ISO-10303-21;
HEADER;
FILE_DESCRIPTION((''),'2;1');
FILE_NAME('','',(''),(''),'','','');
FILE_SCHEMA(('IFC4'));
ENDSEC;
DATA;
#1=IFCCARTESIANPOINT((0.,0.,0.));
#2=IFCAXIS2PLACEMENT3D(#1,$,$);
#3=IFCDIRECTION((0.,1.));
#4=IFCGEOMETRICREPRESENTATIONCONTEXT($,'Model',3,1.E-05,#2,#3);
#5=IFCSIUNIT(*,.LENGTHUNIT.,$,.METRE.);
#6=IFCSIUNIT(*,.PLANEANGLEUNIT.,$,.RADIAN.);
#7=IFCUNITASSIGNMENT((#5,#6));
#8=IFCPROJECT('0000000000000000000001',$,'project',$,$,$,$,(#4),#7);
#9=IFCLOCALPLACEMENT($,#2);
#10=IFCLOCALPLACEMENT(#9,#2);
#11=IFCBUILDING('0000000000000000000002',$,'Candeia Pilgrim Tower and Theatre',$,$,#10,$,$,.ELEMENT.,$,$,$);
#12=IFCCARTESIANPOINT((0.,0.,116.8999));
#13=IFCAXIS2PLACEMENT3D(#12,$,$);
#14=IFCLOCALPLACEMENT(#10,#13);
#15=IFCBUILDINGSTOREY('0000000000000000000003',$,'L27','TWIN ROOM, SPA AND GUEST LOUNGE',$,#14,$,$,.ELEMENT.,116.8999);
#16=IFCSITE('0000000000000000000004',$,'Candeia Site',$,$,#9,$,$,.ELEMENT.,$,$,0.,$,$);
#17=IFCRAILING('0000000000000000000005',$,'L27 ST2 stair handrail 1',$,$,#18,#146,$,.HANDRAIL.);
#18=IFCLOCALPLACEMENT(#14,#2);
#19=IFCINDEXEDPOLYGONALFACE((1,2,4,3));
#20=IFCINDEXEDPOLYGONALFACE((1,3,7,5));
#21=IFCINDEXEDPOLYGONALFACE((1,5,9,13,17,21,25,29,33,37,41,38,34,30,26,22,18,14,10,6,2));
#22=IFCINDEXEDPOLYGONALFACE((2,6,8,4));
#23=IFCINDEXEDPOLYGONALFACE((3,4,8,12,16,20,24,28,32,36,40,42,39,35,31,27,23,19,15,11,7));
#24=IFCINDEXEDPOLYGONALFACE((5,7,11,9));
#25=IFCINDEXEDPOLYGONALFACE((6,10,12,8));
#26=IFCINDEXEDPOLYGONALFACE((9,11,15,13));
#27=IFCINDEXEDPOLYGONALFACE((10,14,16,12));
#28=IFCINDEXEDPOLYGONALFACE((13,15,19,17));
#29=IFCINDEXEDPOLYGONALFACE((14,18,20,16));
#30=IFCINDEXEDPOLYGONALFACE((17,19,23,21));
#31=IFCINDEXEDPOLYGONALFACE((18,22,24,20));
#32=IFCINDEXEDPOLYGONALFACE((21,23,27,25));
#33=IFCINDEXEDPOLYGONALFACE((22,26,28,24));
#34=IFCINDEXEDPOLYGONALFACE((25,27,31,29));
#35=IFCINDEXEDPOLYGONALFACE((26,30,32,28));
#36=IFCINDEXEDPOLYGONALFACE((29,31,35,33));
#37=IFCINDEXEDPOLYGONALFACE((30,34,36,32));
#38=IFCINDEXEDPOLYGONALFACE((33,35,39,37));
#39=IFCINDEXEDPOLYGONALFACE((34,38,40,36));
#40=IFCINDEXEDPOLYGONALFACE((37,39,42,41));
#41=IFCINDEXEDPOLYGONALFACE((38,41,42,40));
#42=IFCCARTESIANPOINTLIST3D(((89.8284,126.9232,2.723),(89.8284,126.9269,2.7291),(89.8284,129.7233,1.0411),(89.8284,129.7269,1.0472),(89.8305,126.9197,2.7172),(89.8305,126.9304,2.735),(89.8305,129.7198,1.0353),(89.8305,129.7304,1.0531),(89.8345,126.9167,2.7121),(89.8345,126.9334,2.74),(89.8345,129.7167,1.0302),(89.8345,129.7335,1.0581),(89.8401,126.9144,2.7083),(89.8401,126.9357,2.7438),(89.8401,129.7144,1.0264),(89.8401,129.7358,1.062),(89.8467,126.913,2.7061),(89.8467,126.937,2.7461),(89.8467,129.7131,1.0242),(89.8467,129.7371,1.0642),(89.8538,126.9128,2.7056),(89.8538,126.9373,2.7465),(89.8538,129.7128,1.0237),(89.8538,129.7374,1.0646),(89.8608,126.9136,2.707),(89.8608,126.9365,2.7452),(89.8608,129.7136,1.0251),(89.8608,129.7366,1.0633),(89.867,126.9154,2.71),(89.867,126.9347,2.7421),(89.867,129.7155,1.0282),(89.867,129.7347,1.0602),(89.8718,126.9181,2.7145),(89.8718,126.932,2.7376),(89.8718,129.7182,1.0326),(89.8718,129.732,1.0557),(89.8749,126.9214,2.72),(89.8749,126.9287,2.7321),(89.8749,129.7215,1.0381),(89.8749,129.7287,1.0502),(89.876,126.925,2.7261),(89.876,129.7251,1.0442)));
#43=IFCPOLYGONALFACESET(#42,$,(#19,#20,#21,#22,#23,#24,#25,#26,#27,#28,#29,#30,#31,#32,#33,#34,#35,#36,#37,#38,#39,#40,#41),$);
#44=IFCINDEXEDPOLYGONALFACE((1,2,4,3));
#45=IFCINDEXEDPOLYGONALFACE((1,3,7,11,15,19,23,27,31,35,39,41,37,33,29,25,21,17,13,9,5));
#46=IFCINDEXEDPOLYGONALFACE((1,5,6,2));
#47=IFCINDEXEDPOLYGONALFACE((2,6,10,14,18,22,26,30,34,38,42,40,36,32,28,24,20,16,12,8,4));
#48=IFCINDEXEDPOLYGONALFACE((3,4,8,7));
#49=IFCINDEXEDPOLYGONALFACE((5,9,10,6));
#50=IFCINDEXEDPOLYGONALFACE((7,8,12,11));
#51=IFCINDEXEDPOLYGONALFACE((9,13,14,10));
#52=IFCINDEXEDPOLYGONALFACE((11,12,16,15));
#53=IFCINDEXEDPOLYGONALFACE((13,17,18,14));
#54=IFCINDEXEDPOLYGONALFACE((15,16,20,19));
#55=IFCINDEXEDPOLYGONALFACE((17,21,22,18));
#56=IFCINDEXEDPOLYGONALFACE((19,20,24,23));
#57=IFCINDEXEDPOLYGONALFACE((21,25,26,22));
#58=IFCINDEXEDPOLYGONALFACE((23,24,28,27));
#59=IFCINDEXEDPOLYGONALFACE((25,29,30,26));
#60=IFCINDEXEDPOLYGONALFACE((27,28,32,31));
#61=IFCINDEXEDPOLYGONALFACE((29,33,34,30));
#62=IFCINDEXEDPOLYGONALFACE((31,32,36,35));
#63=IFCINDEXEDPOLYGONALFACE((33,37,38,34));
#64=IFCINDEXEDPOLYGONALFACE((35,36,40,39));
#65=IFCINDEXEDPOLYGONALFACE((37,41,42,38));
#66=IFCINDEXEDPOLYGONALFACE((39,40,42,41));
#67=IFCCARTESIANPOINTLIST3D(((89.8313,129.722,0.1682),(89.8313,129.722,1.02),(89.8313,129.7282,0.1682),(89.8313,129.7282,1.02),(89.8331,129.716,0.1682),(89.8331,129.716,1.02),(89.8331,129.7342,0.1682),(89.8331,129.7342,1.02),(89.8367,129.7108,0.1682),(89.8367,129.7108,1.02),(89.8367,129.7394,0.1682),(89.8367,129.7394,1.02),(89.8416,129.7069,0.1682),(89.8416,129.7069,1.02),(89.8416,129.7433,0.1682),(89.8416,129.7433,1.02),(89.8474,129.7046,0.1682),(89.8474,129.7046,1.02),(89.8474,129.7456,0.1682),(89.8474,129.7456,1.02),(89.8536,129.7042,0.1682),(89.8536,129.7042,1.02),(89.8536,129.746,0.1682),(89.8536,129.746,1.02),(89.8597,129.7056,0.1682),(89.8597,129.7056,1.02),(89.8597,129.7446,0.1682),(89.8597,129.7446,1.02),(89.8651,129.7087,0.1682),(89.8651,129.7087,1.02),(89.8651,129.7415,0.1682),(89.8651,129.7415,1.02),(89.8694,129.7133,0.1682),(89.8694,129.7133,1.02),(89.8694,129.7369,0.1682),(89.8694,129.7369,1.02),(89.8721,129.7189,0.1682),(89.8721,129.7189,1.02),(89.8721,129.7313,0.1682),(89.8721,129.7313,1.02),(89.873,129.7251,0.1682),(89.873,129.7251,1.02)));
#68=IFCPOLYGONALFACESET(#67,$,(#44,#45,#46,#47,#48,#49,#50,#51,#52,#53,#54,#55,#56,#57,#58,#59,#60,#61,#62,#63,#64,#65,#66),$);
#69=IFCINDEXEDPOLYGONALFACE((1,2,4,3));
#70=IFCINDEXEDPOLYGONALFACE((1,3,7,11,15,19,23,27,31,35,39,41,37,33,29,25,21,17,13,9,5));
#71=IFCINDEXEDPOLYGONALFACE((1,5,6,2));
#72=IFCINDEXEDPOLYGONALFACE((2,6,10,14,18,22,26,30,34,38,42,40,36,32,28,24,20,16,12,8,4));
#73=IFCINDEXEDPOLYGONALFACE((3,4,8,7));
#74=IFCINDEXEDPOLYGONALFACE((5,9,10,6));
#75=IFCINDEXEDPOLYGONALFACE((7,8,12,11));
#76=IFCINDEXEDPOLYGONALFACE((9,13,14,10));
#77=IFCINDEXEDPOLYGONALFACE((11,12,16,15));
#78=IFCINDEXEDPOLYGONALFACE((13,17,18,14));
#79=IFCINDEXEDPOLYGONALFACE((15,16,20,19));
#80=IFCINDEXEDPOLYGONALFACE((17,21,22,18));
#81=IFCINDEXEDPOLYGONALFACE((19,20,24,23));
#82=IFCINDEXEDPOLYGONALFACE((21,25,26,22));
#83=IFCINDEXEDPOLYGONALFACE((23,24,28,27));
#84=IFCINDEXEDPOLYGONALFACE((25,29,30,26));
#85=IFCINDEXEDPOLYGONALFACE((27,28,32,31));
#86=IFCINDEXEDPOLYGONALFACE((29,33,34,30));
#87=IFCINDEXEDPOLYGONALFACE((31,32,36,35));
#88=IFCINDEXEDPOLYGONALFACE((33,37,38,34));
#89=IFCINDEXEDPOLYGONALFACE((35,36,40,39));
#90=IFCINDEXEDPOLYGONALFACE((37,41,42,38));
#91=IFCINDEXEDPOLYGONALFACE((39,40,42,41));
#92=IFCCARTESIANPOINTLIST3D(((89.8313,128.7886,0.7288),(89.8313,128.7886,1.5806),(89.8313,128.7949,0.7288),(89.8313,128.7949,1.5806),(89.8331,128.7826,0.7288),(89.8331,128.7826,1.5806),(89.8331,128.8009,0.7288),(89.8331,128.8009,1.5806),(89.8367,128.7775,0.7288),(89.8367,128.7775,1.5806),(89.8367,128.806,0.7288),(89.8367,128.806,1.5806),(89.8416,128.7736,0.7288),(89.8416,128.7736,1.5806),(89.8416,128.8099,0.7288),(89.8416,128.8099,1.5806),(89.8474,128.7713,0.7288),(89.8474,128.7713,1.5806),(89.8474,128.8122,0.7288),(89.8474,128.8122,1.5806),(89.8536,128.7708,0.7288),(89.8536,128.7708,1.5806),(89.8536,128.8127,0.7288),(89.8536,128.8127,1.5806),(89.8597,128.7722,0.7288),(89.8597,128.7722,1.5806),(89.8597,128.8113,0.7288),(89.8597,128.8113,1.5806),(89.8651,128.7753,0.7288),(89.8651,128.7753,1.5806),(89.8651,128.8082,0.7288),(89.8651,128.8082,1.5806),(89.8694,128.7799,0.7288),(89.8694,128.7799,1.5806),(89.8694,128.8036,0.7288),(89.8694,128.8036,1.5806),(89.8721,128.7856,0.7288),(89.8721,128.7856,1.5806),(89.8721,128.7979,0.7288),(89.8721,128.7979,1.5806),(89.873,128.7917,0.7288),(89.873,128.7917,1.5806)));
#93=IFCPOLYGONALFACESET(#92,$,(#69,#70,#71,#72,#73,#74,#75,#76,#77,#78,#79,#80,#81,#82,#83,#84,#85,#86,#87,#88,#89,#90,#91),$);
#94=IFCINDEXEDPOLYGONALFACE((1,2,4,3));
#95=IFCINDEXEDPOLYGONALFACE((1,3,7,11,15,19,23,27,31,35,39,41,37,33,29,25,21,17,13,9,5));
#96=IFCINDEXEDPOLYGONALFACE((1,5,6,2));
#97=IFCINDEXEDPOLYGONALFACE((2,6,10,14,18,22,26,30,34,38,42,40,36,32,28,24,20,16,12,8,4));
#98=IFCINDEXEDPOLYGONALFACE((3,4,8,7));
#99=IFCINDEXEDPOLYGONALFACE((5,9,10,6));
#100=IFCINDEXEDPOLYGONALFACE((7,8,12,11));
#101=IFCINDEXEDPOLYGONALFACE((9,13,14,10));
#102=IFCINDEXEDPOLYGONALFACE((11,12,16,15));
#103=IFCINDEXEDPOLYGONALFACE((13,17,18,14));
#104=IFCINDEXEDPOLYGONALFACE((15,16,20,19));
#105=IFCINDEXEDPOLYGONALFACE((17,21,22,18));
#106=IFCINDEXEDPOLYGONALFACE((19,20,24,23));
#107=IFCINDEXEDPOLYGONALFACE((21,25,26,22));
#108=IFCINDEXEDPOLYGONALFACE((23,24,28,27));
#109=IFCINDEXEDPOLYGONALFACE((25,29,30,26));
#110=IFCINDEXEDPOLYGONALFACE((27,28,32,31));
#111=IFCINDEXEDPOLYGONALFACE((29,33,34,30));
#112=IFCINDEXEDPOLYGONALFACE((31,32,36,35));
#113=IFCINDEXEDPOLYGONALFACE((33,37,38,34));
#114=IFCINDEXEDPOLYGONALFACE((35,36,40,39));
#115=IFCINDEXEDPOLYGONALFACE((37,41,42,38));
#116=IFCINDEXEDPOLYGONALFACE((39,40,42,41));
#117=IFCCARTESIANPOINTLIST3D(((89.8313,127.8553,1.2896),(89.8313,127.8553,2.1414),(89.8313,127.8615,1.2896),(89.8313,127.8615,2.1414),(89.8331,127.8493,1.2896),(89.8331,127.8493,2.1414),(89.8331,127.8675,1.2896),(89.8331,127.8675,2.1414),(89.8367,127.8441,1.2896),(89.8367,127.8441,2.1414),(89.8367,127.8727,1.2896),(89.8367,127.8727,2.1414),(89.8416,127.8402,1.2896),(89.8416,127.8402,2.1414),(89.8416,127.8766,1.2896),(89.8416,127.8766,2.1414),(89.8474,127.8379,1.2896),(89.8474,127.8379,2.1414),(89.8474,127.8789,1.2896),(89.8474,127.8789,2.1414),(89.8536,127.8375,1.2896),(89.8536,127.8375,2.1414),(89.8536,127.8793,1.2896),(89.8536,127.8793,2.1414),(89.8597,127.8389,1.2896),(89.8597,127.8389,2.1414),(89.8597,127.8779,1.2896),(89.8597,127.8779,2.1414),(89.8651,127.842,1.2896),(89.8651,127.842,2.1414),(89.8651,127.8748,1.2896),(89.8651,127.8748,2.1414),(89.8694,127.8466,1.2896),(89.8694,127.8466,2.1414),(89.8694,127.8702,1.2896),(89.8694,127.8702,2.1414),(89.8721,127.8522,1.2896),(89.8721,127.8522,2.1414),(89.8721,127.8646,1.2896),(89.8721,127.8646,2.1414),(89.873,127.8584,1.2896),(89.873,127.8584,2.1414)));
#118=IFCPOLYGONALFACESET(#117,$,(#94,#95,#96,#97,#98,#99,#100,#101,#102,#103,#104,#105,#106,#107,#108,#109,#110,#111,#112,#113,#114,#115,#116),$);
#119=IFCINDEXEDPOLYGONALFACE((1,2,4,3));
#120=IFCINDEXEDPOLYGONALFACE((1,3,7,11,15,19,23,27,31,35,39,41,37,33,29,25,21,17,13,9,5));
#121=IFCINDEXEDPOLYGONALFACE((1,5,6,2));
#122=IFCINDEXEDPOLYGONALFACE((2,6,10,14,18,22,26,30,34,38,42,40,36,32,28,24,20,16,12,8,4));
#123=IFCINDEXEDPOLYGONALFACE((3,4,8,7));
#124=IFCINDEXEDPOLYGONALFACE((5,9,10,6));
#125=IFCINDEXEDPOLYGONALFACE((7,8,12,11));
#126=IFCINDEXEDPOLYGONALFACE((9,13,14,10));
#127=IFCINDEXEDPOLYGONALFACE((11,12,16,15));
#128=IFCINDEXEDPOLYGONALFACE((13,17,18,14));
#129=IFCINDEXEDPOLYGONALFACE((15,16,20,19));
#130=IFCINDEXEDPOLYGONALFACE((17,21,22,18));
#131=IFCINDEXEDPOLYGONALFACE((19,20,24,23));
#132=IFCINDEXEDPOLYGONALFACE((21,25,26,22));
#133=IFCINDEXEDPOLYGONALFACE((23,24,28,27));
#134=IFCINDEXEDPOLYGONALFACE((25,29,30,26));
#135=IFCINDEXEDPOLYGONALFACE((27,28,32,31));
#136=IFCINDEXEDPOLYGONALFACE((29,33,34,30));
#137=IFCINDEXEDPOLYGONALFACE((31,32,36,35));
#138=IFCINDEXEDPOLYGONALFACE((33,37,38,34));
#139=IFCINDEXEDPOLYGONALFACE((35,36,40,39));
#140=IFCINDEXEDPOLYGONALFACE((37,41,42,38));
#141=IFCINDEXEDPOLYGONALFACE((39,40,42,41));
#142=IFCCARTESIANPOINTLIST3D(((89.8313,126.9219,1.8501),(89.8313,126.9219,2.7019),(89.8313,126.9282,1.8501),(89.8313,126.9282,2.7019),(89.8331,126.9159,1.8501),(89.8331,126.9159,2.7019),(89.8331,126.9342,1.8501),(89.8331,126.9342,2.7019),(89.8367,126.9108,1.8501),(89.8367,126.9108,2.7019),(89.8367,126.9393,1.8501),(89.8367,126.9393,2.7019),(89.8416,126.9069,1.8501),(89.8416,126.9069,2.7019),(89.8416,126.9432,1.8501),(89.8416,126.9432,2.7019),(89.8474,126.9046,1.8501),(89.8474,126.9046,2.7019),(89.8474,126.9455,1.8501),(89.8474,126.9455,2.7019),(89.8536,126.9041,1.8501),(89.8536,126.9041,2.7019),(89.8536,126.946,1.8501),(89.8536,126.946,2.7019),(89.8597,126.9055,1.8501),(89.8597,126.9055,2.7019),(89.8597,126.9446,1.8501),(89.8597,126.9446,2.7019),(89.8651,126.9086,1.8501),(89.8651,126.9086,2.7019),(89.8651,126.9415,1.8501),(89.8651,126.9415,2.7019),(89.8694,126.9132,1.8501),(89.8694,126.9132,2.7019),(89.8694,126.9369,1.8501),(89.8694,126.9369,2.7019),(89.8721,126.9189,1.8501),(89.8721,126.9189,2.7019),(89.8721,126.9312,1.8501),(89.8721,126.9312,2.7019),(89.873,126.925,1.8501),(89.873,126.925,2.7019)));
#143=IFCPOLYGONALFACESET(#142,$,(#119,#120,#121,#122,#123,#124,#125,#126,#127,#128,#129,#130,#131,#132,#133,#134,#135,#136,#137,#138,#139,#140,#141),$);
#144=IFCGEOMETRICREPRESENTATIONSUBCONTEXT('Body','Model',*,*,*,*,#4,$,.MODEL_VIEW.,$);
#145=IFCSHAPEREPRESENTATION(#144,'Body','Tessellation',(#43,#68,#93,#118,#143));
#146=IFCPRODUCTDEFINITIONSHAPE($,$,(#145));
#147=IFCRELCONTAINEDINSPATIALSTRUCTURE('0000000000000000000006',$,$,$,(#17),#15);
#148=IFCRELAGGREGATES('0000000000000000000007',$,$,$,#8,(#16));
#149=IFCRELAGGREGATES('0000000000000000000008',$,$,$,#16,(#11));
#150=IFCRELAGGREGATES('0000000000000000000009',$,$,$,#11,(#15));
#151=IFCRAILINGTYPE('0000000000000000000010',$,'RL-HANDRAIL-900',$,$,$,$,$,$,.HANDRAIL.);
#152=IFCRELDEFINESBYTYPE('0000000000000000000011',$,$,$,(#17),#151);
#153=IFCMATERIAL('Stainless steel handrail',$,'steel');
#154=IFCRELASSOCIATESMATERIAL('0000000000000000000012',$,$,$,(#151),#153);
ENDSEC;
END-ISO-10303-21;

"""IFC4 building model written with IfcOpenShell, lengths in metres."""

from ifc_helpers import new_model, si_unit, direction, frame, origin, origin_2d, place, context, subcontext, project, spatial, circle, extrude, material, type_object, element, save


model = new_model("IFC4")

# Units and contexts
model_context = context("Model", 3, precision=1e-05, world=origin(), true_north=direction((0.0, 1.0)))
body_context = subcontext(model_context, "Body", "Model", "MODEL_VIEW")
ifc_project = project(units=[si_unit("LENGTHUNIT", "METRE"), si_unit("PLANEANGLEUNIT", "RADIAN")], contexts=[model_context])

# Site, building, storey
site_placement = place(None, origin())
site = spatial("IfcSite", under=ifc_project, at=site_placement, Name="Candeia Site", CompositionType="ELEMENT", RefElevation=0.0)
building_placement = place(site_placement, origin())
building = spatial("IfcBuilding", under=site, at=building_placement, Name="Candeia Pilgrim Tower and Theatre", CompositionType="ELEMENT")
storey_placement = place(building_placement, frame((0.0, 0.0, 116.8999)))
storey = spatial("IfcBuildingStorey", under=building, at=storey_placement, Name="L27", Description="TWIN ROOM, SPA AND GUEST LOUNGE", CompositionType="ELEMENT", Elevation=116.8999)

# Railing
ifc_material_1 = material(Name="Stainless steel handrail", Category="steel")
railing_type_1 = type_object("IfcRailingType", Name="RL-HANDRAIL-900", PredefinedType="HANDRAIL", material=ifc_material_1)
for number, where, name in (
    (1, (89.8521, 129.7251, 0.1682), "L27 ST2 stair handrail 1"),
):
    element("IfcRailing", number, at=place(storey_placement, frame(where)), inside=storey, type_object=railing_type_1, Name=name, PredefinedType="HANDRAIL", context=body_context, shape_type="SweptSolid", body=[
        extrude(circle(Radius=0.0239, at=origin_2d()), frame((0.0, 0.0, 0.876), z_axis=(0.0, -0.857242, 0.514913), x_axis=(1.0, 0.0, 0.0)), (0.0, 0.0, 1.0), 3.2664),
        extrude(circle(Radius=0.021, at=origin_2d()), origin(), (0.0, 0.0, 1.0), 0.8518),
        extrude(circle(Radius=0.021, at=origin_2d()), frame((0.0, -0.9333, 0.5605)), (0.0, 0.0, 1.0), 0.8518),
        extrude(circle(Radius=0.021, at=origin_2d()), frame((0.0, -1.8667, 1.1213)), (0.0, 0.0, 1.0), 0.8518),
        extrude(circle(Radius=0.021, at=origin_2d()), frame((0.0, -2.8, 1.6819)), (0.0, 0.0, 1.0), 0.8518),
    ])

save(model, "model.ifc")
